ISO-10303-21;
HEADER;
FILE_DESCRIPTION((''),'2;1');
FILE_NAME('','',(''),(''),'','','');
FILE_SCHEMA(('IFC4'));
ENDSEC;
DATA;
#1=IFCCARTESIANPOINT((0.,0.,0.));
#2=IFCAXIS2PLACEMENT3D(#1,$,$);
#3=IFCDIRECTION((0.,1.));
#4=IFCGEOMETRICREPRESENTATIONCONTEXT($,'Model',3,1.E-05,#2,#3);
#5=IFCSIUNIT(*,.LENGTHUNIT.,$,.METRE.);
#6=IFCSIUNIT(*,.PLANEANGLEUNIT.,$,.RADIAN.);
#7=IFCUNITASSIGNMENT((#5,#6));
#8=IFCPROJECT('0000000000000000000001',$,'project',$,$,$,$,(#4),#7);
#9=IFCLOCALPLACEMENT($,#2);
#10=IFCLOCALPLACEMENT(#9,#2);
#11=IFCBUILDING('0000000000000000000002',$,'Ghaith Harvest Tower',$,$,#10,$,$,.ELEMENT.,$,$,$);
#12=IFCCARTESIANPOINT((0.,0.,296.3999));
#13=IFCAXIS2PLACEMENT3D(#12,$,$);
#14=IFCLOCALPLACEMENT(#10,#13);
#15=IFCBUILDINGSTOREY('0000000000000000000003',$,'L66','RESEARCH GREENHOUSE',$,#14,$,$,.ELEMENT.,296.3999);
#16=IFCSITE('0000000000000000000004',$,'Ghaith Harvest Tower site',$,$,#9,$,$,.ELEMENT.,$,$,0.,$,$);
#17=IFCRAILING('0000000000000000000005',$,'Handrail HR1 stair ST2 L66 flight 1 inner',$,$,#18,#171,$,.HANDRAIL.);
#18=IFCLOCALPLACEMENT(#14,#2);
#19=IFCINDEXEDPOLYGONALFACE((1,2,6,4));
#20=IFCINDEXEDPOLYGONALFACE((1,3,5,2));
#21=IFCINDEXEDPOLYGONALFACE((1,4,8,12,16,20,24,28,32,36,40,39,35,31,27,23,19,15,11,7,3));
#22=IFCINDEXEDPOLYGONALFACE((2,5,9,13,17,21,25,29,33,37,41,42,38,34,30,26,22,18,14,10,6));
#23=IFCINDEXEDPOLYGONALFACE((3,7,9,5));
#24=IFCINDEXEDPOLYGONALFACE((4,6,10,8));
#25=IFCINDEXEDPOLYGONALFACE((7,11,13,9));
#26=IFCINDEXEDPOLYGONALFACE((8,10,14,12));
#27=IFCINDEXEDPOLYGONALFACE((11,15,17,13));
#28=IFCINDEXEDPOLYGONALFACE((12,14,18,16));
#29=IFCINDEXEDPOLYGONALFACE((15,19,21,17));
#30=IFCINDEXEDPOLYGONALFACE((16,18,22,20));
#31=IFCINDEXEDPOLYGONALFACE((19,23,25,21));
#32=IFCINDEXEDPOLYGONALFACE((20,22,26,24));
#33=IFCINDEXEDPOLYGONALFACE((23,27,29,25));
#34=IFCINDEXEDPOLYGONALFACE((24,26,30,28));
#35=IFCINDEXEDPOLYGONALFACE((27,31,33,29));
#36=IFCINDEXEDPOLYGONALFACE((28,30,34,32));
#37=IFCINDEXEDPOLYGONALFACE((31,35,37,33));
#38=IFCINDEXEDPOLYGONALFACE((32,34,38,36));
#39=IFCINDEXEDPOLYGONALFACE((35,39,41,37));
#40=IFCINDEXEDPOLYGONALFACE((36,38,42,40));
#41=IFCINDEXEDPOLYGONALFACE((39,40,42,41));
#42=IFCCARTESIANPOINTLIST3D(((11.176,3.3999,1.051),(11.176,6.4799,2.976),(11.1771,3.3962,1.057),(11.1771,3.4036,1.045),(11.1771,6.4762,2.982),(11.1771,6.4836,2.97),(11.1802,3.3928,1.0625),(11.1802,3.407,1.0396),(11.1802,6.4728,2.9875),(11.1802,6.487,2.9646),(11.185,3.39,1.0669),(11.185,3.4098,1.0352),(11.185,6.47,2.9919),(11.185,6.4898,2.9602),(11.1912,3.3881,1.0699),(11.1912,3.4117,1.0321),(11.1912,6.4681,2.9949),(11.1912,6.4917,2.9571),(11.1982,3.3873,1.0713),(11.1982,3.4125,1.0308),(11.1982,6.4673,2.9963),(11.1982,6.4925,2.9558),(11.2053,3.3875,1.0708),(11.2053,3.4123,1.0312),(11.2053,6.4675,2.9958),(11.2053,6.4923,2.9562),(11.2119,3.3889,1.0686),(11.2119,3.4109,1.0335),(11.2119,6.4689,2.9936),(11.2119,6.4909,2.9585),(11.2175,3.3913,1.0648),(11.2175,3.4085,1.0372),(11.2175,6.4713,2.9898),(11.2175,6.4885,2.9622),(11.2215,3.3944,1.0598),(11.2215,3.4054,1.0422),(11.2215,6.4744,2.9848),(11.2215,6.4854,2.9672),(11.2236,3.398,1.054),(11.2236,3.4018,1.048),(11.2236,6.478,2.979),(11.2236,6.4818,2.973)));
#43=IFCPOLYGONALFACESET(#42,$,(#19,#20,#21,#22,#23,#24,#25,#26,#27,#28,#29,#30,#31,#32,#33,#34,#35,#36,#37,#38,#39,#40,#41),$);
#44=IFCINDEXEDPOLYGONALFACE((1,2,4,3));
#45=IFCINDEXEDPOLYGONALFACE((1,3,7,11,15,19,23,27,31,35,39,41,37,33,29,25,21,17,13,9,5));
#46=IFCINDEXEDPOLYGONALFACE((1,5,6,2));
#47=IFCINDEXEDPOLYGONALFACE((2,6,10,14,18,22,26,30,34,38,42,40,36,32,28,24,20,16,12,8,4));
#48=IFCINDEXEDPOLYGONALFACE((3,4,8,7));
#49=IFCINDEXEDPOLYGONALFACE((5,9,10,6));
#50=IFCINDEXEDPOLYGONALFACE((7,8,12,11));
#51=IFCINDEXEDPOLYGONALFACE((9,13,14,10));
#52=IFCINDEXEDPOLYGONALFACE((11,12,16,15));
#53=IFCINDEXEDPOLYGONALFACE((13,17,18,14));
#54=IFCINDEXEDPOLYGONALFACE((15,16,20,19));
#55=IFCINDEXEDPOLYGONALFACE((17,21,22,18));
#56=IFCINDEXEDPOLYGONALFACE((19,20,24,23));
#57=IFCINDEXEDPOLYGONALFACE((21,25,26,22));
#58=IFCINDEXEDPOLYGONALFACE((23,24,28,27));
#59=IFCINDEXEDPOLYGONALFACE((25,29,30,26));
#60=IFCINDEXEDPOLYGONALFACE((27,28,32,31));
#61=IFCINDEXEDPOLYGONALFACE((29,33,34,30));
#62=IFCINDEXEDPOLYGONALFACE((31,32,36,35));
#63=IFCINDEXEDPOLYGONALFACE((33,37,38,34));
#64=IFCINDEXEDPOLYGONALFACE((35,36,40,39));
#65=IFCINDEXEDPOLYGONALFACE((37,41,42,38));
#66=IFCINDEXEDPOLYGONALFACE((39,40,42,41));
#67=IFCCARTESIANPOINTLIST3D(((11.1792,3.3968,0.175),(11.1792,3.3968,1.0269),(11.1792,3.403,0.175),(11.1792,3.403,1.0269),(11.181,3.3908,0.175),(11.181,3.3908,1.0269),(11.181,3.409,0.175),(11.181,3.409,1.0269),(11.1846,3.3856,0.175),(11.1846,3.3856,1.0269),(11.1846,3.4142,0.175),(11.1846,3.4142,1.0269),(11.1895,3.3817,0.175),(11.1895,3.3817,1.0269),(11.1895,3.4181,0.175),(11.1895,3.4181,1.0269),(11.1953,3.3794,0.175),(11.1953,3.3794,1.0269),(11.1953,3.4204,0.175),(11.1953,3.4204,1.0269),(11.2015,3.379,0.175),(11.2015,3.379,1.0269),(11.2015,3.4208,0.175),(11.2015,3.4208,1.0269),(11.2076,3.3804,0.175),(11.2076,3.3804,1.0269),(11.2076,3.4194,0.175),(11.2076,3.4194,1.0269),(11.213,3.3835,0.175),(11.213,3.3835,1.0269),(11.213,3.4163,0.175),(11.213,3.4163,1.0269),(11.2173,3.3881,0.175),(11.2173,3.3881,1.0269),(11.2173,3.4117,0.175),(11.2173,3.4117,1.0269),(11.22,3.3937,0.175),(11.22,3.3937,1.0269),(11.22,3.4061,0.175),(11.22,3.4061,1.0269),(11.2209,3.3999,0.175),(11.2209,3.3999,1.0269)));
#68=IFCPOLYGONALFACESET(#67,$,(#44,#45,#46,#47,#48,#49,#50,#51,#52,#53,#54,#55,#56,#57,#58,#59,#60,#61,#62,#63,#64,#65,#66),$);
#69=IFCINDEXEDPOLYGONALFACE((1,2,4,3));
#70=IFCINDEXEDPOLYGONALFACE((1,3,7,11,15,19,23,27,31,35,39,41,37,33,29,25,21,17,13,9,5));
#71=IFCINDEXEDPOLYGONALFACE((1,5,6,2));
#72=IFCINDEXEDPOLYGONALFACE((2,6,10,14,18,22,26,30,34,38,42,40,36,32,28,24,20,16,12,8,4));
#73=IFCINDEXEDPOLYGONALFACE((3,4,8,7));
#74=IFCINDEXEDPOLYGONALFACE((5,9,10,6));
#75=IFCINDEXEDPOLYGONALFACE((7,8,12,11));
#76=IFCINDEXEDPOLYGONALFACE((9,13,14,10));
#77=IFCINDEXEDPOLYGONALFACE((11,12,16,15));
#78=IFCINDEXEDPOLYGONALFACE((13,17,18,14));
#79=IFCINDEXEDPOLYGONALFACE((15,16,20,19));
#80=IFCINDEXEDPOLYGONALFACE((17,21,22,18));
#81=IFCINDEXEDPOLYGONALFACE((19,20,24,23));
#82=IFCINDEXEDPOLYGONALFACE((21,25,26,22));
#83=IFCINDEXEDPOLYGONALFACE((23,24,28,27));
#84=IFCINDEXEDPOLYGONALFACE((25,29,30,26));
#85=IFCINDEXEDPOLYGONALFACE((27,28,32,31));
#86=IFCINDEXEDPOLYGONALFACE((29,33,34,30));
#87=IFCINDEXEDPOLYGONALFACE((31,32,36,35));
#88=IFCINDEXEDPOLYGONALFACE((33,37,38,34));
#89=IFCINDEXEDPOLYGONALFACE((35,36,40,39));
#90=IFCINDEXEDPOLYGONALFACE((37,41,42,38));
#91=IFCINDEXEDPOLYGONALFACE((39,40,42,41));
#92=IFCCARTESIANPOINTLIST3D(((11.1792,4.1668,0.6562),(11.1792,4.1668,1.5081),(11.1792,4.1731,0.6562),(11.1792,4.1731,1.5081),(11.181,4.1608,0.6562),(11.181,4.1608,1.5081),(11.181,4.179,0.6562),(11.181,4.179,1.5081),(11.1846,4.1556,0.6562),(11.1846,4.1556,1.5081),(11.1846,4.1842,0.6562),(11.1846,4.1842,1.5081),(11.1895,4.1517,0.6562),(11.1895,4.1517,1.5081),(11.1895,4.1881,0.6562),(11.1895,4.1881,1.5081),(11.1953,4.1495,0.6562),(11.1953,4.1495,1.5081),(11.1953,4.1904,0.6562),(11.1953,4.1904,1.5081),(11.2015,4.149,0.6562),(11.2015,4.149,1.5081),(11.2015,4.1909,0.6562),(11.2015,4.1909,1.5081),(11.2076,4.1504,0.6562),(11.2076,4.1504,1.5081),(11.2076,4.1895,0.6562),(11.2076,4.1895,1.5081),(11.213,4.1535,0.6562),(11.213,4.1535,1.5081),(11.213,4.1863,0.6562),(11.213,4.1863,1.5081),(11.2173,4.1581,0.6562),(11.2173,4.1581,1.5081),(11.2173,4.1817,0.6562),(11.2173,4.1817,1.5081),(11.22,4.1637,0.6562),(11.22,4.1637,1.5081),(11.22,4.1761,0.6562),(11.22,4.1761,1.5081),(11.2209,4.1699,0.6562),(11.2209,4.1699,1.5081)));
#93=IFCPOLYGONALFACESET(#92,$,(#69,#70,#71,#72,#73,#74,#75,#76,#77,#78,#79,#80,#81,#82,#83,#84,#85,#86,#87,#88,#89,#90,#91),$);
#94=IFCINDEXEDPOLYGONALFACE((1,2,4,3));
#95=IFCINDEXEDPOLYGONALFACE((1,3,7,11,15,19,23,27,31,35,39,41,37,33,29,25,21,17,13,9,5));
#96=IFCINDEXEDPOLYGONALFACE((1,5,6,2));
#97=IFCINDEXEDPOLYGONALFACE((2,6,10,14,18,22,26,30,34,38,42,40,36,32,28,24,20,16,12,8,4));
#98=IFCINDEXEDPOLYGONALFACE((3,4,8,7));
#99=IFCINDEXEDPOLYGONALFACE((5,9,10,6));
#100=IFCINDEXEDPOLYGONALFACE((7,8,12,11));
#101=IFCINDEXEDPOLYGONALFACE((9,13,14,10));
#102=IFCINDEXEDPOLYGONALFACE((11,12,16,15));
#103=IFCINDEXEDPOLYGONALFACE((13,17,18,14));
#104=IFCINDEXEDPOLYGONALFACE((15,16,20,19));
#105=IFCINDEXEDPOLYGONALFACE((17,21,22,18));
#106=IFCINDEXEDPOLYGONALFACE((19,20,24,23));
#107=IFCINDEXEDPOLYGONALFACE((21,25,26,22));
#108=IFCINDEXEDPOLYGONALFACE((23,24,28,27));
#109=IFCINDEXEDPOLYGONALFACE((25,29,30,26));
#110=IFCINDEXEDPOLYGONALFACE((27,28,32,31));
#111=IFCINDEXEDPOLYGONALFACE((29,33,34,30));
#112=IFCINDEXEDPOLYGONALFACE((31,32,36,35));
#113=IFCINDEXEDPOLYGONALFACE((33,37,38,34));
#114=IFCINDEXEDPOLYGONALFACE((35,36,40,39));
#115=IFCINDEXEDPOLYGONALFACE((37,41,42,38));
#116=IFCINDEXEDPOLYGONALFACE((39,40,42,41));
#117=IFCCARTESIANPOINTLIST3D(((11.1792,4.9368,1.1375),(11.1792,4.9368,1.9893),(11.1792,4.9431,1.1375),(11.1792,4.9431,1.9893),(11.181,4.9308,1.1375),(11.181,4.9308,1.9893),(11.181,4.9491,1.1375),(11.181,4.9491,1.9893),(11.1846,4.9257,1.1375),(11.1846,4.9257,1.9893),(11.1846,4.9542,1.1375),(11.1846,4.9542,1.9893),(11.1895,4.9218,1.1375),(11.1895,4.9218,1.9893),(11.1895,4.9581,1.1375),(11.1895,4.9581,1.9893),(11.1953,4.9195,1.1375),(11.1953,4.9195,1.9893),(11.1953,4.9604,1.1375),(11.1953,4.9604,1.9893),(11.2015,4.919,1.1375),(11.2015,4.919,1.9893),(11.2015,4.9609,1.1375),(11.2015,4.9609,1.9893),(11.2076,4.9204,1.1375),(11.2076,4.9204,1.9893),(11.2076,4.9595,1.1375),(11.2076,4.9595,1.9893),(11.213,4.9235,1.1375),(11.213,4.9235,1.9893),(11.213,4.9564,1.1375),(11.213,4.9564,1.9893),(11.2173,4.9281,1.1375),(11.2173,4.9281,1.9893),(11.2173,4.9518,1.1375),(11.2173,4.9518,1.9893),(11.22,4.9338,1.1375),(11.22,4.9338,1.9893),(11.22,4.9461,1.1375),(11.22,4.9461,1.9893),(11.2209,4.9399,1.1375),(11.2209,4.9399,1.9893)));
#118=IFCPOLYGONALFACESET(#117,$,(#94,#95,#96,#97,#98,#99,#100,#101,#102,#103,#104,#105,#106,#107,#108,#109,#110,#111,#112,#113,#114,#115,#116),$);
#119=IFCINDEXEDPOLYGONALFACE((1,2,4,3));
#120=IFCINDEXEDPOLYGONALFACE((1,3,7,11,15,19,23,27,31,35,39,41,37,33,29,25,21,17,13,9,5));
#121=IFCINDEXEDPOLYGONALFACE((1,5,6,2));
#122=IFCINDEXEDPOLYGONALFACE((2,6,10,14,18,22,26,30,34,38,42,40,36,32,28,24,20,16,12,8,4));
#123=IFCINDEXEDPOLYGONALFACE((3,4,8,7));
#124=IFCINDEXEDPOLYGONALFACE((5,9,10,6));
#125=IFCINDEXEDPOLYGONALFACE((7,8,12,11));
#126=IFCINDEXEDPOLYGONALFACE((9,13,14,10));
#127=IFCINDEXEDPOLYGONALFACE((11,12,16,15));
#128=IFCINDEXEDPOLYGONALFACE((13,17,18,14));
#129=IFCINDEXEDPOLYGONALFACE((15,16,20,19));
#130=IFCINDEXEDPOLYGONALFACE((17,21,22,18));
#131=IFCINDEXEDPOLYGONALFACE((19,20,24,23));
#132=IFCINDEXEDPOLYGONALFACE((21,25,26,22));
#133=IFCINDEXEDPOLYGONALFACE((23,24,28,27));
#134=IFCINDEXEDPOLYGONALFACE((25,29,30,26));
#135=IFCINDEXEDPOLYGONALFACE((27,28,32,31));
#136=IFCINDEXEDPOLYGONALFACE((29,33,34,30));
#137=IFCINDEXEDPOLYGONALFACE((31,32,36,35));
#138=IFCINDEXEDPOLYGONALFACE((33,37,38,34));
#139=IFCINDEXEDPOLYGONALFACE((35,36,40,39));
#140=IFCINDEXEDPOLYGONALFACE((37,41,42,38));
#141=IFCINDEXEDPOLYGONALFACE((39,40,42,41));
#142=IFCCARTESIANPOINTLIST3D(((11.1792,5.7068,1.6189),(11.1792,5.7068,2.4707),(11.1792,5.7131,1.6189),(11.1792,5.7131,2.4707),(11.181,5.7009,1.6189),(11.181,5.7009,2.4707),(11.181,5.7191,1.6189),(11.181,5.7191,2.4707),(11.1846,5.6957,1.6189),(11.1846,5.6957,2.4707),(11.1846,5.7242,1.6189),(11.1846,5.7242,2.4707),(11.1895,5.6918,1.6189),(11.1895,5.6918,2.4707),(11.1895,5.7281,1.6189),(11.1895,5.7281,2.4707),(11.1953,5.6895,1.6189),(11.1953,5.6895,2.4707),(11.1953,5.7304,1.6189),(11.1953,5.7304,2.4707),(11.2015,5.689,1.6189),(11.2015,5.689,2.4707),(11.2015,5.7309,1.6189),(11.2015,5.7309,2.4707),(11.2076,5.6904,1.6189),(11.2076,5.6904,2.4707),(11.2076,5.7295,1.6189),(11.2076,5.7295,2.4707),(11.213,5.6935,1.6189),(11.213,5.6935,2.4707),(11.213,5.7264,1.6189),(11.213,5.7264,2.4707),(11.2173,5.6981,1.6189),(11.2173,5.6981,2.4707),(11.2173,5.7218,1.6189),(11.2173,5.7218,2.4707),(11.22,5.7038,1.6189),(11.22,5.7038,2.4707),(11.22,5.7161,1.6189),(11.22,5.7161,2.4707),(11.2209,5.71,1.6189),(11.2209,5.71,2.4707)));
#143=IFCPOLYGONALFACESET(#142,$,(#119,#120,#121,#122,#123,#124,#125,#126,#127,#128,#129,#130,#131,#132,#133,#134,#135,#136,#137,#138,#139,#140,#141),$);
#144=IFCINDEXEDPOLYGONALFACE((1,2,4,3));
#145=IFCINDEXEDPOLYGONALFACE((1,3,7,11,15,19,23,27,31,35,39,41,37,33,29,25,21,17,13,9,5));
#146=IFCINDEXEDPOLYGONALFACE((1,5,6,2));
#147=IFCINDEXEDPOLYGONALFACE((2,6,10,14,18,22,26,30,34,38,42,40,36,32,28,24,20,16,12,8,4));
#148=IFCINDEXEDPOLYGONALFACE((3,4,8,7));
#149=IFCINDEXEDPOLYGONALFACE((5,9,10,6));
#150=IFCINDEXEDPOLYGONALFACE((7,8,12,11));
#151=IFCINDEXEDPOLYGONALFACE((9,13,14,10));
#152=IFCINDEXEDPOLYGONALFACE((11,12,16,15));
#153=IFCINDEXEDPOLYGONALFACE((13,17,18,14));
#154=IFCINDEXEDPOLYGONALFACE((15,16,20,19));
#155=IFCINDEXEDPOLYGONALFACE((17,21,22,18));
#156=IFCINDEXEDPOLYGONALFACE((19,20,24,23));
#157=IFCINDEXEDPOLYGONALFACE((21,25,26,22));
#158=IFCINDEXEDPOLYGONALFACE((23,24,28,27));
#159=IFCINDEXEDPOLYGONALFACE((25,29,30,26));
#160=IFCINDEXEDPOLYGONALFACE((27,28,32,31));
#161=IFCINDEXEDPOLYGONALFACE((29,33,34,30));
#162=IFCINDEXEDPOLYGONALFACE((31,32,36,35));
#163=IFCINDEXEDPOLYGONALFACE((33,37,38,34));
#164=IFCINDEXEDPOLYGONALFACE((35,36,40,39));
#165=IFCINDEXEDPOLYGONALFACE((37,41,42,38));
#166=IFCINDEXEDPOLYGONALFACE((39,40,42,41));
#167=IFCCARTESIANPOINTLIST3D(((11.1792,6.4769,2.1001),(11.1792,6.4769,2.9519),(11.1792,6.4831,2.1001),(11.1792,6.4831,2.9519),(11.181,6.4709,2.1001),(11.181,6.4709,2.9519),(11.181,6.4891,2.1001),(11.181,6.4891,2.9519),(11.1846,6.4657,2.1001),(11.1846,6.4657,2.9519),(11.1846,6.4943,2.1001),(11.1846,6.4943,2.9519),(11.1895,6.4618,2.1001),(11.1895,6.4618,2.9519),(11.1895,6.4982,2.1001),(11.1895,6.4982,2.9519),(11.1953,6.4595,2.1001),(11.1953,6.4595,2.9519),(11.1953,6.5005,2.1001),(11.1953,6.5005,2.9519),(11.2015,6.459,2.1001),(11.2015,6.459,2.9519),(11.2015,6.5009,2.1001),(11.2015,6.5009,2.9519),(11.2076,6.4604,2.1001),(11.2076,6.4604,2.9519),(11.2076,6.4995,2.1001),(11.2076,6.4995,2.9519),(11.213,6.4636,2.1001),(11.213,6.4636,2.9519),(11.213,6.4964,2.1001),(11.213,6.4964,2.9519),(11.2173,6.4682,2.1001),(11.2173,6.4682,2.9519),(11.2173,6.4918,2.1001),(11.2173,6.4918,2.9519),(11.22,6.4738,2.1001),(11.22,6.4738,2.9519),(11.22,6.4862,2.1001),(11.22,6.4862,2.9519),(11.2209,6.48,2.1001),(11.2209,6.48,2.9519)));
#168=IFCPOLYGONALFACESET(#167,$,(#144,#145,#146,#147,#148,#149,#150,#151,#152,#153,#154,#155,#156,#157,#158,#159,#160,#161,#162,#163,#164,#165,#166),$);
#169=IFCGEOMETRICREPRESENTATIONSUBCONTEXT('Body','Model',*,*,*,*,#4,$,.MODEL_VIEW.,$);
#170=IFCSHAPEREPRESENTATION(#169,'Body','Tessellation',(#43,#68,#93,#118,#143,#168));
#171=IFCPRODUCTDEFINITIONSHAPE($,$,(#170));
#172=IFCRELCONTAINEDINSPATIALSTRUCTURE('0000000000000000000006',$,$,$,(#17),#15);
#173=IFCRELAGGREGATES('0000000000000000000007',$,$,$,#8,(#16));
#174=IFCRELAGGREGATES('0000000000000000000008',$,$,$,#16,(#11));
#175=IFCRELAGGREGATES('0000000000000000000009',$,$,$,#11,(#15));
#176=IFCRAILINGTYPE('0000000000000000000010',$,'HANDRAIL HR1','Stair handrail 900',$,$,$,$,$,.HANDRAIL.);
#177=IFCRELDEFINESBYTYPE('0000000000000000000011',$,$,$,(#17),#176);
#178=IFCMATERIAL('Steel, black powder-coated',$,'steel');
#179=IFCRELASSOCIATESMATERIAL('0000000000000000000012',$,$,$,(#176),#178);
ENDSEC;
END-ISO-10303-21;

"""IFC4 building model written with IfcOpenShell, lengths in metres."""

from ifc_helpers import new_model, si_unit, direction, frame, origin, origin_2d, place, context, subcontext, project, spatial, circle, extrude, material, type_object, element, save


model = new_model("IFC4")

# Units and contexts
model_context = context("Model", 3, precision=1e-05, world=origin(), true_north=direction((0.0, 1.0)))
body_context = subcontext(model_context, "Body", "Model", "MODEL_VIEW")
ifc_project = project(units=[si_unit("LENGTHUNIT", "METRE"), si_unit("PLANEANGLEUNIT", "RADIAN")], contexts=[model_context])

# Site, building, storey
site_placement = place(None, origin())
site = spatial("IfcSite", under=ifc_project, at=site_placement, Name="Ghaith Harvest Tower site", CompositionType="ELEMENT", RefElevation=0.0)
building_placement = place(site_placement, origin())
building = spatial("IfcBuilding", under=site, at=building_placement, Name="Ghaith Harvest Tower", CompositionType="ELEMENT")
storey_placement = place(building_placement, frame((0.0, 0.0, 296.3999)))
storey = spatial("IfcBuildingStorey", under=building, at=storey_placement, Name="L66", Description="RESEARCH GREENHOUSE", CompositionType="ELEMENT", Elevation=296.3999)

# Railing
ifc_material_1 = material(Name="Steel, black powder-coated", Category="steel")
railing_type = type_object("IfcRailingType", Name="HANDRAIL HR1", Description="Stair handrail 900", PredefinedType="HANDRAIL", material=ifc_material_1)
railing_1_placement = place(storey_placement, frame((11.2, 3.3999, 0.175)))
element("IfcRailing", 1, at=railing_1_placement, inside=storey, type_object=railing_type, Name="Handrail HR1 stair ST2 L66 flight 1 inner", PredefinedType="HANDRAIL", context=body_context, shape_type="SweptSolid", body=[
    extrude(circle(Radius=0.0239, at=origin_2d()), frame((0.0, 0.0, 0.876), z_axis=(0.0, 0.847998, 0.529999), x_axis=(-1.0, 0.0, 0.0)), (0.0, 0.0, 1.0), 3.6321),
    extrude(circle(Radius=0.021, at=origin_2d()), origin(), (0.0, 0.0, 1.0), 0.8518),
    extrude(circle(Radius=0.021, at=origin_2d()), frame((0.0, 0.77, 0.4812)), (0.0, 0.0, 1.0), 0.8518),
    extrude(circle(Radius=0.021, at=origin_2d()), frame((0.0, 1.54, 0.9624)), (0.0, 0.0, 1.0), 0.8518),
    extrude(circle(Radius=0.021, at=origin_2d()), frame((0.0, 2.3101, 1.4438)), (0.0, 0.0, 1.0), 0.8518),
    extrude(circle(Radius=0.021, at=origin_2d()), frame((0.0, 3.0801, 1.925)), (0.0, 0.0, 1.0), 0.8518),
])

save(model, "model.ifc")
